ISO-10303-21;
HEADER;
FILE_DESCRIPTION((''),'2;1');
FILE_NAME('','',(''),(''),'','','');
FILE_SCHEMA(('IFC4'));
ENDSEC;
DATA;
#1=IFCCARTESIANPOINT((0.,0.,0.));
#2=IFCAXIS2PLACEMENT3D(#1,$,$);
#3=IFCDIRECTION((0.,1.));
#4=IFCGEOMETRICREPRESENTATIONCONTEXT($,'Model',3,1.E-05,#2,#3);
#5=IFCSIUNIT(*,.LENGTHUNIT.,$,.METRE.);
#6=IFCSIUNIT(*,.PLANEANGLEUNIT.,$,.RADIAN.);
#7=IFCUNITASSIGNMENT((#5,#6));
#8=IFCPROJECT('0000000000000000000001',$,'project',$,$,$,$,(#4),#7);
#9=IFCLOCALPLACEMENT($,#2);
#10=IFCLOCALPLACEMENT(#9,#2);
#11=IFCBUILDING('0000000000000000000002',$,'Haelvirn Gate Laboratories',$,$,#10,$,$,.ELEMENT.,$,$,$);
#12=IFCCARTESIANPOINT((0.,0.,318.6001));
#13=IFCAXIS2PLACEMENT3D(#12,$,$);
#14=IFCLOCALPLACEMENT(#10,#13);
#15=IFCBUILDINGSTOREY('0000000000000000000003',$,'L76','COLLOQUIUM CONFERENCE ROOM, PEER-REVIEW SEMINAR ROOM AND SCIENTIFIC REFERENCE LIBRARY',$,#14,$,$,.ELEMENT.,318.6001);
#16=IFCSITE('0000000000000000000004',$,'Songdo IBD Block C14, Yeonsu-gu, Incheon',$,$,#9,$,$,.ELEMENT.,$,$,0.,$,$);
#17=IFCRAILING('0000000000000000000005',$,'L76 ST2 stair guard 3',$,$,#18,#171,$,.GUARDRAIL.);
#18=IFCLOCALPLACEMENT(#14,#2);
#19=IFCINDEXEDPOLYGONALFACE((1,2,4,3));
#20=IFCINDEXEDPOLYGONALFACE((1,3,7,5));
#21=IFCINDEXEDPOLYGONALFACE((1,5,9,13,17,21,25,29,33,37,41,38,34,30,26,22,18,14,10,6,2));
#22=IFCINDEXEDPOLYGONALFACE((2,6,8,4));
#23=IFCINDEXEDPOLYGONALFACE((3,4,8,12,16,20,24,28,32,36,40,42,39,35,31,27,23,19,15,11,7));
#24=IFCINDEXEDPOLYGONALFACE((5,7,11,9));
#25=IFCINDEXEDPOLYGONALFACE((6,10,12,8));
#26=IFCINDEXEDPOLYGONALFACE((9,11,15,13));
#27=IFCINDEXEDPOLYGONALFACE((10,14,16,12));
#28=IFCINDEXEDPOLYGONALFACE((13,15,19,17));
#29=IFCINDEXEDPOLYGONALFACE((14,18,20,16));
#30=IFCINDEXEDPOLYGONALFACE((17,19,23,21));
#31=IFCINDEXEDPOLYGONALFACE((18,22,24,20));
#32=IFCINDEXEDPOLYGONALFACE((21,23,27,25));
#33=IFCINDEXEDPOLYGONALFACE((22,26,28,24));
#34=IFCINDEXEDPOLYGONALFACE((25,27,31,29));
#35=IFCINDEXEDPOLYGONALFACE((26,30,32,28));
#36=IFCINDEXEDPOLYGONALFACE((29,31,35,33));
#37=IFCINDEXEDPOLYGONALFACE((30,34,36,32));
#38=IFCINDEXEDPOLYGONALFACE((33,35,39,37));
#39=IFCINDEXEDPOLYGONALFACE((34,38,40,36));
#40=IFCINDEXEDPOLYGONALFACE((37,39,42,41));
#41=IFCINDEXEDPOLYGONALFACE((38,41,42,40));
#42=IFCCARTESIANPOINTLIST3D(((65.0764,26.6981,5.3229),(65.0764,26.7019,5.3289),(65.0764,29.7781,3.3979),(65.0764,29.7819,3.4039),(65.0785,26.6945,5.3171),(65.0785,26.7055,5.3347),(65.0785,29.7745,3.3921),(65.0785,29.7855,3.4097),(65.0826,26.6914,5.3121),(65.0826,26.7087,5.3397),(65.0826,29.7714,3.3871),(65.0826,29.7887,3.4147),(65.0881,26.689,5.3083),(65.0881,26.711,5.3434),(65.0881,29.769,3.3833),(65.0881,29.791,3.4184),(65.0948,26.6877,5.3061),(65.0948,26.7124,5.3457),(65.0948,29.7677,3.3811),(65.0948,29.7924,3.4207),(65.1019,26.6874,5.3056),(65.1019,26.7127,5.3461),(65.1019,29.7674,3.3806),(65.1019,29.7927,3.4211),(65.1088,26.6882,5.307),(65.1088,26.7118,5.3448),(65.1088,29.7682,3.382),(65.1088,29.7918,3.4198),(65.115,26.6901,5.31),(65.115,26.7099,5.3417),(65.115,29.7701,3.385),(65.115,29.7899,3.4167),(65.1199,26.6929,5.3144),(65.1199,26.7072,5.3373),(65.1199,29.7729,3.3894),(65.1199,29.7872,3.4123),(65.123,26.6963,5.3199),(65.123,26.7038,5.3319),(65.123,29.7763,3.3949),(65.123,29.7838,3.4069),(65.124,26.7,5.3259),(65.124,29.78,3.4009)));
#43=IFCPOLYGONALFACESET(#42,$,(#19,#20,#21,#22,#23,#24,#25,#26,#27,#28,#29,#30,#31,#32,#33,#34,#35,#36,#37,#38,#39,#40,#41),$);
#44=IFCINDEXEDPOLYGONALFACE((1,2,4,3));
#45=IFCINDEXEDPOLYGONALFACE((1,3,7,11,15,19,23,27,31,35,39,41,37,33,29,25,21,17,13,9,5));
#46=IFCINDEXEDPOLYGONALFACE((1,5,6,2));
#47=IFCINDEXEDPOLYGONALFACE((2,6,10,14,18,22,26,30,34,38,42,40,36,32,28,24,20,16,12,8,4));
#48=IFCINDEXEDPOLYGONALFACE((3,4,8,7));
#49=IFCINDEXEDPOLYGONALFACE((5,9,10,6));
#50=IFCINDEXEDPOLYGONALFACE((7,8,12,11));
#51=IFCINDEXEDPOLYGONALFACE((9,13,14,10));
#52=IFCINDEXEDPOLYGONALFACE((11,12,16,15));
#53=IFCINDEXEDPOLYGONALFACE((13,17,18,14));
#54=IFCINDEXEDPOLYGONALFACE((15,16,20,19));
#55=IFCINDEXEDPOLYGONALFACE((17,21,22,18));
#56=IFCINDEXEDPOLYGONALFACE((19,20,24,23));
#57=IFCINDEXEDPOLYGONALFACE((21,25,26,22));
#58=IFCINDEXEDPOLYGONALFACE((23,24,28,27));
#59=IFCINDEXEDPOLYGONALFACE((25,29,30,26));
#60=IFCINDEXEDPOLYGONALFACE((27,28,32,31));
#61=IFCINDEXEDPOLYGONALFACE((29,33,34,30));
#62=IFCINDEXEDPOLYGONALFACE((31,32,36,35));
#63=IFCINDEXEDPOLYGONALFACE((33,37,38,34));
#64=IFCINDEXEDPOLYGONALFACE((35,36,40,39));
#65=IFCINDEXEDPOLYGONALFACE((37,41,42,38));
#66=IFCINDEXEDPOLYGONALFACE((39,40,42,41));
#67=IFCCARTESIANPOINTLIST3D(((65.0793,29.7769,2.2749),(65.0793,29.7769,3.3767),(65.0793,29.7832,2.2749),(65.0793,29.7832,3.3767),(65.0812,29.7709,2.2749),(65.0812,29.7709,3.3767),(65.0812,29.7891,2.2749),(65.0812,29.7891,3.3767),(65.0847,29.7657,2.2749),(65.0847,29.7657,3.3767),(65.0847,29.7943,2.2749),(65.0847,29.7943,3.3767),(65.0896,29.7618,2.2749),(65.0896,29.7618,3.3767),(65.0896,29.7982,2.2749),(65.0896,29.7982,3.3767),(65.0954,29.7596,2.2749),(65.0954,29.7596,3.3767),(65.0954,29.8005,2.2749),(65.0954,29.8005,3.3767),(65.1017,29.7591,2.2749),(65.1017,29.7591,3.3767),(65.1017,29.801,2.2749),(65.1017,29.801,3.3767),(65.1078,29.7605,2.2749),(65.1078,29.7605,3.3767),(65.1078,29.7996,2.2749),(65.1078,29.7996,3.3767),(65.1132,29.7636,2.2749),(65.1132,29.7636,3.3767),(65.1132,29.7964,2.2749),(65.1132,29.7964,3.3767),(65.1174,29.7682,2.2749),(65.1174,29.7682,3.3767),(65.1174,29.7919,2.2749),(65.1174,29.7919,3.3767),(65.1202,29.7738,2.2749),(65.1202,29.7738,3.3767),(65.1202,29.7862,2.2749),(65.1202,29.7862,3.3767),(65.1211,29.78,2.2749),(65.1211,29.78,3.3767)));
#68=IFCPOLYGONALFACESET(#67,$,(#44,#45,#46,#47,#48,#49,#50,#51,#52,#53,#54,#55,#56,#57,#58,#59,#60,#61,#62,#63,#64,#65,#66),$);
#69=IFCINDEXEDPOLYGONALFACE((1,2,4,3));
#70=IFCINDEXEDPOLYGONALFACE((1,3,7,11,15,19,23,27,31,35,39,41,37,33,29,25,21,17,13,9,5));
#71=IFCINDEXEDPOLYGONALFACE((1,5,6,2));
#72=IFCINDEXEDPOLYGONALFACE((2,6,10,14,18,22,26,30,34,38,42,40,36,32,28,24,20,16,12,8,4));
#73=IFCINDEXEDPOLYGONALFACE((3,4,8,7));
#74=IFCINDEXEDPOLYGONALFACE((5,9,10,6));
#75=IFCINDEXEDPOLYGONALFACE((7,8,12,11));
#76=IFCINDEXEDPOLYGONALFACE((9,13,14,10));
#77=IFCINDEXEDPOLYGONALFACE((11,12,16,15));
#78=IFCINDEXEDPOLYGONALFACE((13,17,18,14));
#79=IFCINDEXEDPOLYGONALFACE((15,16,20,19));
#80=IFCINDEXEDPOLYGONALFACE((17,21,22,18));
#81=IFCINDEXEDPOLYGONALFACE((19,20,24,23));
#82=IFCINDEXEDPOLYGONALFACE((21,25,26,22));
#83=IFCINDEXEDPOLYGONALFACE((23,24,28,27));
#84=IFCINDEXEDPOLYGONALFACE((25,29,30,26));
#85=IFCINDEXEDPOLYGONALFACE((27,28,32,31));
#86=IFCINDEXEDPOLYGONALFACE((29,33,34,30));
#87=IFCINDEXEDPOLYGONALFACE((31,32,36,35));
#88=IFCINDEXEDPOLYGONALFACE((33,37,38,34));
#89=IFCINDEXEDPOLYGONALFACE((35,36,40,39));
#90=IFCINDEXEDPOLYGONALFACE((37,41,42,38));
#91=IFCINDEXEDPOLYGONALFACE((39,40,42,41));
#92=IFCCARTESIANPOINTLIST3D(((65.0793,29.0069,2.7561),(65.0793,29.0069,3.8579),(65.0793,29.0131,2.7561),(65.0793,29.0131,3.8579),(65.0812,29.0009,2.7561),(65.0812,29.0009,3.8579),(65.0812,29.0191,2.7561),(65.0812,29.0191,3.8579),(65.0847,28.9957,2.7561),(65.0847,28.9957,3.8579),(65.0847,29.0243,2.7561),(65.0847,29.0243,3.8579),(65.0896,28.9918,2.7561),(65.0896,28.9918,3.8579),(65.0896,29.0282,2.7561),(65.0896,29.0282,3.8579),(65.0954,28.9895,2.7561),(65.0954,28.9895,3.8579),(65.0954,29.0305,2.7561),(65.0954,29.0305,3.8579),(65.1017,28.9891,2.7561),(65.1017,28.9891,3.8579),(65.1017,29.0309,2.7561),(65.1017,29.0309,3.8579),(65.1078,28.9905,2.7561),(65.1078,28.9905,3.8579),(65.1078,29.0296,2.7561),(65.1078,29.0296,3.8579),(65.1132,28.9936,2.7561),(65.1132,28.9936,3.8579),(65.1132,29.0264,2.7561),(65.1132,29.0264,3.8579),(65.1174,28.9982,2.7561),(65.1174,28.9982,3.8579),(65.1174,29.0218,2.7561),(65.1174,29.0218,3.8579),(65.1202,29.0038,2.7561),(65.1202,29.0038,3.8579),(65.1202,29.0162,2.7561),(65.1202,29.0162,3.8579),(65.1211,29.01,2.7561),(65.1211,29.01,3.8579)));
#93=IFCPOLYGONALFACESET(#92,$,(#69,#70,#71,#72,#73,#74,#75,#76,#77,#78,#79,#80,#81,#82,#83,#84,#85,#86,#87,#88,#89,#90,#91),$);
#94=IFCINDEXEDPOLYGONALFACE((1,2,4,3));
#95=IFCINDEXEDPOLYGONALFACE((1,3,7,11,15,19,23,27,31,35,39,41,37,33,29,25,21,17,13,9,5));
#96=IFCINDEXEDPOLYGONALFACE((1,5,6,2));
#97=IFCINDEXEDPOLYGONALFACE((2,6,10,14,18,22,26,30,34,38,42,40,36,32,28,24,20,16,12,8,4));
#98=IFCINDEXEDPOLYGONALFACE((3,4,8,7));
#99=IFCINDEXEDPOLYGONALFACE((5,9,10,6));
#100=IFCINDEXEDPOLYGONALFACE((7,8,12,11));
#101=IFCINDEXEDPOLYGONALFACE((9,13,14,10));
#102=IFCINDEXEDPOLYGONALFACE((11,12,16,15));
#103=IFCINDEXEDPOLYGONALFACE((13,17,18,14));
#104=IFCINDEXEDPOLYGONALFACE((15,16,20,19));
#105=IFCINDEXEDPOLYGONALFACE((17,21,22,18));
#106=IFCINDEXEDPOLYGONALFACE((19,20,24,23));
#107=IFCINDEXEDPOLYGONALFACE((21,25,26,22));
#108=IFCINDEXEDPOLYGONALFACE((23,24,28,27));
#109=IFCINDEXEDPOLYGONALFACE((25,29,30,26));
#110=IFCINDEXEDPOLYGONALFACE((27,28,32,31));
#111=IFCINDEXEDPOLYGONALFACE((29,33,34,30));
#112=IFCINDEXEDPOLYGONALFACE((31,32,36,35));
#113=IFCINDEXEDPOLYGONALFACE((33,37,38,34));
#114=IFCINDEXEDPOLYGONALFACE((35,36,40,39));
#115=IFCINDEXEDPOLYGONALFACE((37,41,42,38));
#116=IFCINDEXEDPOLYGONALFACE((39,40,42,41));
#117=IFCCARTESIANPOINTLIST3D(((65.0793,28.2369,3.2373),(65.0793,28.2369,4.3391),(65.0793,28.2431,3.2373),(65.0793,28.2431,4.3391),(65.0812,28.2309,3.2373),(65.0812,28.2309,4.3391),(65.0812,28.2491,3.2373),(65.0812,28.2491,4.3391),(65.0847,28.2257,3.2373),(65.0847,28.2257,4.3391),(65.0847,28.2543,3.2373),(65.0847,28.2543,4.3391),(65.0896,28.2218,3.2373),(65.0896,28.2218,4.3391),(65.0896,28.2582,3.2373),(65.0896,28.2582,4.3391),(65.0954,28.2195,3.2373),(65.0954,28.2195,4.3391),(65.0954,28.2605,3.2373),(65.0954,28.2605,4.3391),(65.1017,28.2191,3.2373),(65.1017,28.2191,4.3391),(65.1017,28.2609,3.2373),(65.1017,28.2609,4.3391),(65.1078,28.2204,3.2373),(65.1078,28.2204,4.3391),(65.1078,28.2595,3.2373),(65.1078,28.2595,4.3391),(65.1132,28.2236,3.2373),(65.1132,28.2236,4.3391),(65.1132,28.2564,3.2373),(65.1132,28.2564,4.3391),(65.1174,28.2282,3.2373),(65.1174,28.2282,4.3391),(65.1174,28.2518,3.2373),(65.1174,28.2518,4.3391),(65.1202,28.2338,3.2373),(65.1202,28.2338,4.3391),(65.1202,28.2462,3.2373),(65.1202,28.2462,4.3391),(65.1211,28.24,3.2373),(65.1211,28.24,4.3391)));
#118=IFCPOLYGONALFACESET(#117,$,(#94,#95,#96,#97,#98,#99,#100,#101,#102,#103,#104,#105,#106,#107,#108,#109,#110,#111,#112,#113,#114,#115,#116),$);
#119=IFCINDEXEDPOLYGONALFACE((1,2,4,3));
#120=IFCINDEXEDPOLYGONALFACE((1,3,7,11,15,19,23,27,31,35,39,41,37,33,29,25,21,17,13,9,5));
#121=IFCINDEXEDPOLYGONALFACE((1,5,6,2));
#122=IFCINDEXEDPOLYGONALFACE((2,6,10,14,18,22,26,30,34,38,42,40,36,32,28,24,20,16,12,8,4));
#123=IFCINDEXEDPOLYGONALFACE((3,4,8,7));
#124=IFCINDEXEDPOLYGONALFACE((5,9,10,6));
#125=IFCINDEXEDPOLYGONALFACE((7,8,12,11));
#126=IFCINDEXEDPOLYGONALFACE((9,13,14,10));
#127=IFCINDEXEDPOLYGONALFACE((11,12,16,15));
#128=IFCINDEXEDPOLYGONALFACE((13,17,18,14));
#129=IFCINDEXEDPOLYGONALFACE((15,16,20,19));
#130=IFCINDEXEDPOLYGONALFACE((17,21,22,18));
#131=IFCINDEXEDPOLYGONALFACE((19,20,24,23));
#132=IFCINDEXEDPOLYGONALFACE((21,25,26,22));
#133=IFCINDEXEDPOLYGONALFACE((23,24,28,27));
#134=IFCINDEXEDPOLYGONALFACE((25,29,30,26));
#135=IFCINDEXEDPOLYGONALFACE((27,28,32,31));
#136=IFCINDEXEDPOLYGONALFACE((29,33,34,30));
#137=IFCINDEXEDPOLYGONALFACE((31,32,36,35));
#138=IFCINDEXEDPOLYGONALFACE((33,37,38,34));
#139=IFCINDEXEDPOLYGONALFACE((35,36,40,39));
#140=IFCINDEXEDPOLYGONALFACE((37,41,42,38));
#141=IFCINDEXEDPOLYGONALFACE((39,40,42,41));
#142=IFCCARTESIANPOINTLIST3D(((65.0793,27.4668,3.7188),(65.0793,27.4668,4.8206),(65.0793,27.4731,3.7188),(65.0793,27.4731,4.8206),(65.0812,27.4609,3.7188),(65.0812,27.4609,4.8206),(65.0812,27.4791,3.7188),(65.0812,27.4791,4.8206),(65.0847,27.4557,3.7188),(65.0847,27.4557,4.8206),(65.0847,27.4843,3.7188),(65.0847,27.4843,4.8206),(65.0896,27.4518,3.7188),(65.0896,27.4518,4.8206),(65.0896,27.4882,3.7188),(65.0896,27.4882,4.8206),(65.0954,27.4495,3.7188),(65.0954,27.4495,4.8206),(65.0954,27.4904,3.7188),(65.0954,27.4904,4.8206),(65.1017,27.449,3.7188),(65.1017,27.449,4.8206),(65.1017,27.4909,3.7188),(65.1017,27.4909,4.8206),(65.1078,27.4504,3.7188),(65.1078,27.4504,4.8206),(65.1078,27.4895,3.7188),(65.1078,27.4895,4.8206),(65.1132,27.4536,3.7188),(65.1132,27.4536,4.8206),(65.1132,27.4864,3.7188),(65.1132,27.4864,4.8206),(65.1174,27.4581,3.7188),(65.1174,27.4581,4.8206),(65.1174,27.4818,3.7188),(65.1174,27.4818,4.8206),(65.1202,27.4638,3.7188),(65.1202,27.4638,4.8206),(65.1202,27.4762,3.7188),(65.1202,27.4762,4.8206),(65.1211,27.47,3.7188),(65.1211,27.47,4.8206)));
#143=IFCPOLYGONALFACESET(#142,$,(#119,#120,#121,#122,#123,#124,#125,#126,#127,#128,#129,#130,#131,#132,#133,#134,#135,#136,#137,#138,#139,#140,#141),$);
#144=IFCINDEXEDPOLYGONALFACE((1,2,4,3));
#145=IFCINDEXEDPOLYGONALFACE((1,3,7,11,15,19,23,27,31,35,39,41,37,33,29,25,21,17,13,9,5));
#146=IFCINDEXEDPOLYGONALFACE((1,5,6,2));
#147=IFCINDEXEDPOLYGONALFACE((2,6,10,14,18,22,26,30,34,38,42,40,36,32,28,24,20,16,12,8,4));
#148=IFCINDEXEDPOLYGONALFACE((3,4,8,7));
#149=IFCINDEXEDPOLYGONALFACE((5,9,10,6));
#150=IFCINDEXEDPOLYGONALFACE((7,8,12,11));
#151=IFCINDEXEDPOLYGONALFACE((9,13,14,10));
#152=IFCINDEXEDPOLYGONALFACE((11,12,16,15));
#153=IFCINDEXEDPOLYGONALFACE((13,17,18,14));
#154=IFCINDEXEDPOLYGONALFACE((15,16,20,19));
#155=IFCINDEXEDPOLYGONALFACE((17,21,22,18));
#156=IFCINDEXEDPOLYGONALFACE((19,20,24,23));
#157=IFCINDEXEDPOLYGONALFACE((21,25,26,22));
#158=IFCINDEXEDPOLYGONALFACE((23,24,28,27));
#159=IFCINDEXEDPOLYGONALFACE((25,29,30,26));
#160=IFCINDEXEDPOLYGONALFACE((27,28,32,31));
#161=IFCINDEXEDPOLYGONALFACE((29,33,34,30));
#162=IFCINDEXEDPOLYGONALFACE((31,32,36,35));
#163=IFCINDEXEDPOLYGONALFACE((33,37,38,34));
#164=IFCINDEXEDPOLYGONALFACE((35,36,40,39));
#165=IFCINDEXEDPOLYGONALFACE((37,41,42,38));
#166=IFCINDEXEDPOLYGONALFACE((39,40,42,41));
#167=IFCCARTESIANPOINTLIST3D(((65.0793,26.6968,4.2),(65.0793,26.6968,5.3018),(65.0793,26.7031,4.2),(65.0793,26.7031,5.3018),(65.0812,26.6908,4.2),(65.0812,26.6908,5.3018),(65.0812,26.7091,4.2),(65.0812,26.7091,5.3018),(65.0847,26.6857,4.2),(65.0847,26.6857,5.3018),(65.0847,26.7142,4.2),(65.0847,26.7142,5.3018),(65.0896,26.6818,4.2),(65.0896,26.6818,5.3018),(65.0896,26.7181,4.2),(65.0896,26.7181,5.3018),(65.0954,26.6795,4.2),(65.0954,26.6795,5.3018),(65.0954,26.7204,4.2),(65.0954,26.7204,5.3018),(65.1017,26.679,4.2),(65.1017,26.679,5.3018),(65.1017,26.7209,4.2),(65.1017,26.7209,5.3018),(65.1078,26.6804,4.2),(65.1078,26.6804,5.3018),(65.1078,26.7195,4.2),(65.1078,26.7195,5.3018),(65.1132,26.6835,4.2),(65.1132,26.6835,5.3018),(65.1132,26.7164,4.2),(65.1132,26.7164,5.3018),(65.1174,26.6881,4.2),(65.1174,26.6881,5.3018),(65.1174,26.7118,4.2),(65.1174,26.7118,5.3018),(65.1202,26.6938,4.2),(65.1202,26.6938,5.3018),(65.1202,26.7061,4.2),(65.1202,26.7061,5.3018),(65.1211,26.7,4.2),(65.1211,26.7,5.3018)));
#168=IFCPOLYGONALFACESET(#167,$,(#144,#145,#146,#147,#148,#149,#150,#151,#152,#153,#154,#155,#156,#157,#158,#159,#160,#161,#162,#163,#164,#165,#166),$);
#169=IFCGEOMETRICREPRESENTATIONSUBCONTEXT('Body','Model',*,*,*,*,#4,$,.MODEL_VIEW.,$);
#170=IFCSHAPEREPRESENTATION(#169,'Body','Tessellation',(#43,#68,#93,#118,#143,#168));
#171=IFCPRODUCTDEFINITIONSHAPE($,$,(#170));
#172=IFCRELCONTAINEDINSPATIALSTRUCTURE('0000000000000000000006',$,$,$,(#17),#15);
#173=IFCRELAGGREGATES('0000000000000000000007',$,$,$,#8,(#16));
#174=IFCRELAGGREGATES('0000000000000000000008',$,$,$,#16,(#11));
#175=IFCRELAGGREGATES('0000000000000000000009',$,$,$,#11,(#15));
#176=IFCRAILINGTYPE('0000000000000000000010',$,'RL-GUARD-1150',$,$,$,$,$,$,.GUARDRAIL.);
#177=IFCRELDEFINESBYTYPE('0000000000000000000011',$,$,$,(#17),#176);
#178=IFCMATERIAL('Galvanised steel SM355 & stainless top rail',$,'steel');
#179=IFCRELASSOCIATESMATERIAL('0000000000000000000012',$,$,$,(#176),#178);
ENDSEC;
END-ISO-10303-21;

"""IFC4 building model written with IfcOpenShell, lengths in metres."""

from ifc_helpers import new_model, si_unit, direction, frame, origin, origin_2d, place, context, subcontext, project, spatial, circle, extrude, source, transform, mapped, material, type_object, element, save


model = new_model("IFC4")

# Units and contexts
model_context = context("Model", 3, precision=1e-05, world=origin(), true_north=direction((0.0, 1.0)))
body_context = subcontext(model_context, "Body", "Model", "MODEL_VIEW")
ifc_project = project(units=[si_unit("LENGTHUNIT", "METRE"), si_unit("PLANEANGLEUNIT", "RADIAN")], contexts=[model_context])

# Site, building, storey
site_placement = place(None, origin())
site = spatial("IfcSite", under=ifc_project, at=site_placement, Name="Songdo IBD Block C14, Yeonsu-gu, Incheon", CompositionType="ELEMENT", RefElevation=0.0)
building_placement = place(site_placement, origin())
building = spatial("IfcBuilding", under=site, at=building_placement, Name="Haelvirn Gate Laboratories", CompositionType="ELEMENT")
storey_placement = place(building_placement, frame((0.0, 0.0, 318.6001)))
storey = spatial("IfcBuildingStorey", under=building, at=storey_placement, Name="L76", Description="COLLOQUIUM CONFERENCE ROOM, PEER-REVIEW SEMINAR ROOM AND SCIENTIFIC REFERENCE LIBRARY", CompositionType="ELEMENT", Elevation=318.6001)

# Railing
ifc_material_1 = material(Name="Galvanised steel SM355 & stainless top rail", Category="steel")
railing_type_1 = type_object("IfcRailingType", Name="RL-GUARD-1150", PredefinedType="GUARDRAIL", material=ifc_material_1)
shared_shape_1 = source(origin(), body_context, "Body", "SweptSolid", [
    extrude(circle(Radius=0.0239, at=origin_2d()), frame((0.0, 0.0, 1.126), z_axis=(0.0, -0.847998, 0.529999), x_axis=(1.0, 0.0, 0.0)), (0.0, 0.0, 1.0), 3.6321),
    extrude(circle(Radius=0.021, at=origin_2d()), origin(), (0.0, 0.0, 1.0), 1.1018),
    extrude(circle(Radius=0.021, at=origin_2d()), frame((0.0, -0.77, 0.4812)), (0.0, 0.0, 1.0), 1.1018),
    extrude(circle(Radius=0.021, at=origin_2d()), frame((0.0, -1.54, 0.9624)), (0.0, 0.0, 1.0), 1.1018),
    extrude(circle(Radius=0.021, at=origin_2d()), frame((0.0, -2.3101, 1.4438)), (0.0, 0.0, 1.0), 1.1018),
    extrude(circle(Radius=0.021, at=origin_2d()), frame((0.0, -3.0801, 1.925)), (0.0, 0.0, 1.0), 1.1018),
])
railing_1_placement = place(storey_placement, frame((65.1001, 29.78, 2.2749)))
element("IfcRailing", 1, at=railing_1_placement, inside=storey, type_object=railing_type_1, Name="L76 ST2 stair guard 3", PredefinedType="GUARDRAIL", context=body_context, shape_type="MappedRepresentation", body=[
    mapped(shared_shape_1, transform((0.0, 0.0, 0.0), scale=1.0)),
])

save(model, "model.ifc")
